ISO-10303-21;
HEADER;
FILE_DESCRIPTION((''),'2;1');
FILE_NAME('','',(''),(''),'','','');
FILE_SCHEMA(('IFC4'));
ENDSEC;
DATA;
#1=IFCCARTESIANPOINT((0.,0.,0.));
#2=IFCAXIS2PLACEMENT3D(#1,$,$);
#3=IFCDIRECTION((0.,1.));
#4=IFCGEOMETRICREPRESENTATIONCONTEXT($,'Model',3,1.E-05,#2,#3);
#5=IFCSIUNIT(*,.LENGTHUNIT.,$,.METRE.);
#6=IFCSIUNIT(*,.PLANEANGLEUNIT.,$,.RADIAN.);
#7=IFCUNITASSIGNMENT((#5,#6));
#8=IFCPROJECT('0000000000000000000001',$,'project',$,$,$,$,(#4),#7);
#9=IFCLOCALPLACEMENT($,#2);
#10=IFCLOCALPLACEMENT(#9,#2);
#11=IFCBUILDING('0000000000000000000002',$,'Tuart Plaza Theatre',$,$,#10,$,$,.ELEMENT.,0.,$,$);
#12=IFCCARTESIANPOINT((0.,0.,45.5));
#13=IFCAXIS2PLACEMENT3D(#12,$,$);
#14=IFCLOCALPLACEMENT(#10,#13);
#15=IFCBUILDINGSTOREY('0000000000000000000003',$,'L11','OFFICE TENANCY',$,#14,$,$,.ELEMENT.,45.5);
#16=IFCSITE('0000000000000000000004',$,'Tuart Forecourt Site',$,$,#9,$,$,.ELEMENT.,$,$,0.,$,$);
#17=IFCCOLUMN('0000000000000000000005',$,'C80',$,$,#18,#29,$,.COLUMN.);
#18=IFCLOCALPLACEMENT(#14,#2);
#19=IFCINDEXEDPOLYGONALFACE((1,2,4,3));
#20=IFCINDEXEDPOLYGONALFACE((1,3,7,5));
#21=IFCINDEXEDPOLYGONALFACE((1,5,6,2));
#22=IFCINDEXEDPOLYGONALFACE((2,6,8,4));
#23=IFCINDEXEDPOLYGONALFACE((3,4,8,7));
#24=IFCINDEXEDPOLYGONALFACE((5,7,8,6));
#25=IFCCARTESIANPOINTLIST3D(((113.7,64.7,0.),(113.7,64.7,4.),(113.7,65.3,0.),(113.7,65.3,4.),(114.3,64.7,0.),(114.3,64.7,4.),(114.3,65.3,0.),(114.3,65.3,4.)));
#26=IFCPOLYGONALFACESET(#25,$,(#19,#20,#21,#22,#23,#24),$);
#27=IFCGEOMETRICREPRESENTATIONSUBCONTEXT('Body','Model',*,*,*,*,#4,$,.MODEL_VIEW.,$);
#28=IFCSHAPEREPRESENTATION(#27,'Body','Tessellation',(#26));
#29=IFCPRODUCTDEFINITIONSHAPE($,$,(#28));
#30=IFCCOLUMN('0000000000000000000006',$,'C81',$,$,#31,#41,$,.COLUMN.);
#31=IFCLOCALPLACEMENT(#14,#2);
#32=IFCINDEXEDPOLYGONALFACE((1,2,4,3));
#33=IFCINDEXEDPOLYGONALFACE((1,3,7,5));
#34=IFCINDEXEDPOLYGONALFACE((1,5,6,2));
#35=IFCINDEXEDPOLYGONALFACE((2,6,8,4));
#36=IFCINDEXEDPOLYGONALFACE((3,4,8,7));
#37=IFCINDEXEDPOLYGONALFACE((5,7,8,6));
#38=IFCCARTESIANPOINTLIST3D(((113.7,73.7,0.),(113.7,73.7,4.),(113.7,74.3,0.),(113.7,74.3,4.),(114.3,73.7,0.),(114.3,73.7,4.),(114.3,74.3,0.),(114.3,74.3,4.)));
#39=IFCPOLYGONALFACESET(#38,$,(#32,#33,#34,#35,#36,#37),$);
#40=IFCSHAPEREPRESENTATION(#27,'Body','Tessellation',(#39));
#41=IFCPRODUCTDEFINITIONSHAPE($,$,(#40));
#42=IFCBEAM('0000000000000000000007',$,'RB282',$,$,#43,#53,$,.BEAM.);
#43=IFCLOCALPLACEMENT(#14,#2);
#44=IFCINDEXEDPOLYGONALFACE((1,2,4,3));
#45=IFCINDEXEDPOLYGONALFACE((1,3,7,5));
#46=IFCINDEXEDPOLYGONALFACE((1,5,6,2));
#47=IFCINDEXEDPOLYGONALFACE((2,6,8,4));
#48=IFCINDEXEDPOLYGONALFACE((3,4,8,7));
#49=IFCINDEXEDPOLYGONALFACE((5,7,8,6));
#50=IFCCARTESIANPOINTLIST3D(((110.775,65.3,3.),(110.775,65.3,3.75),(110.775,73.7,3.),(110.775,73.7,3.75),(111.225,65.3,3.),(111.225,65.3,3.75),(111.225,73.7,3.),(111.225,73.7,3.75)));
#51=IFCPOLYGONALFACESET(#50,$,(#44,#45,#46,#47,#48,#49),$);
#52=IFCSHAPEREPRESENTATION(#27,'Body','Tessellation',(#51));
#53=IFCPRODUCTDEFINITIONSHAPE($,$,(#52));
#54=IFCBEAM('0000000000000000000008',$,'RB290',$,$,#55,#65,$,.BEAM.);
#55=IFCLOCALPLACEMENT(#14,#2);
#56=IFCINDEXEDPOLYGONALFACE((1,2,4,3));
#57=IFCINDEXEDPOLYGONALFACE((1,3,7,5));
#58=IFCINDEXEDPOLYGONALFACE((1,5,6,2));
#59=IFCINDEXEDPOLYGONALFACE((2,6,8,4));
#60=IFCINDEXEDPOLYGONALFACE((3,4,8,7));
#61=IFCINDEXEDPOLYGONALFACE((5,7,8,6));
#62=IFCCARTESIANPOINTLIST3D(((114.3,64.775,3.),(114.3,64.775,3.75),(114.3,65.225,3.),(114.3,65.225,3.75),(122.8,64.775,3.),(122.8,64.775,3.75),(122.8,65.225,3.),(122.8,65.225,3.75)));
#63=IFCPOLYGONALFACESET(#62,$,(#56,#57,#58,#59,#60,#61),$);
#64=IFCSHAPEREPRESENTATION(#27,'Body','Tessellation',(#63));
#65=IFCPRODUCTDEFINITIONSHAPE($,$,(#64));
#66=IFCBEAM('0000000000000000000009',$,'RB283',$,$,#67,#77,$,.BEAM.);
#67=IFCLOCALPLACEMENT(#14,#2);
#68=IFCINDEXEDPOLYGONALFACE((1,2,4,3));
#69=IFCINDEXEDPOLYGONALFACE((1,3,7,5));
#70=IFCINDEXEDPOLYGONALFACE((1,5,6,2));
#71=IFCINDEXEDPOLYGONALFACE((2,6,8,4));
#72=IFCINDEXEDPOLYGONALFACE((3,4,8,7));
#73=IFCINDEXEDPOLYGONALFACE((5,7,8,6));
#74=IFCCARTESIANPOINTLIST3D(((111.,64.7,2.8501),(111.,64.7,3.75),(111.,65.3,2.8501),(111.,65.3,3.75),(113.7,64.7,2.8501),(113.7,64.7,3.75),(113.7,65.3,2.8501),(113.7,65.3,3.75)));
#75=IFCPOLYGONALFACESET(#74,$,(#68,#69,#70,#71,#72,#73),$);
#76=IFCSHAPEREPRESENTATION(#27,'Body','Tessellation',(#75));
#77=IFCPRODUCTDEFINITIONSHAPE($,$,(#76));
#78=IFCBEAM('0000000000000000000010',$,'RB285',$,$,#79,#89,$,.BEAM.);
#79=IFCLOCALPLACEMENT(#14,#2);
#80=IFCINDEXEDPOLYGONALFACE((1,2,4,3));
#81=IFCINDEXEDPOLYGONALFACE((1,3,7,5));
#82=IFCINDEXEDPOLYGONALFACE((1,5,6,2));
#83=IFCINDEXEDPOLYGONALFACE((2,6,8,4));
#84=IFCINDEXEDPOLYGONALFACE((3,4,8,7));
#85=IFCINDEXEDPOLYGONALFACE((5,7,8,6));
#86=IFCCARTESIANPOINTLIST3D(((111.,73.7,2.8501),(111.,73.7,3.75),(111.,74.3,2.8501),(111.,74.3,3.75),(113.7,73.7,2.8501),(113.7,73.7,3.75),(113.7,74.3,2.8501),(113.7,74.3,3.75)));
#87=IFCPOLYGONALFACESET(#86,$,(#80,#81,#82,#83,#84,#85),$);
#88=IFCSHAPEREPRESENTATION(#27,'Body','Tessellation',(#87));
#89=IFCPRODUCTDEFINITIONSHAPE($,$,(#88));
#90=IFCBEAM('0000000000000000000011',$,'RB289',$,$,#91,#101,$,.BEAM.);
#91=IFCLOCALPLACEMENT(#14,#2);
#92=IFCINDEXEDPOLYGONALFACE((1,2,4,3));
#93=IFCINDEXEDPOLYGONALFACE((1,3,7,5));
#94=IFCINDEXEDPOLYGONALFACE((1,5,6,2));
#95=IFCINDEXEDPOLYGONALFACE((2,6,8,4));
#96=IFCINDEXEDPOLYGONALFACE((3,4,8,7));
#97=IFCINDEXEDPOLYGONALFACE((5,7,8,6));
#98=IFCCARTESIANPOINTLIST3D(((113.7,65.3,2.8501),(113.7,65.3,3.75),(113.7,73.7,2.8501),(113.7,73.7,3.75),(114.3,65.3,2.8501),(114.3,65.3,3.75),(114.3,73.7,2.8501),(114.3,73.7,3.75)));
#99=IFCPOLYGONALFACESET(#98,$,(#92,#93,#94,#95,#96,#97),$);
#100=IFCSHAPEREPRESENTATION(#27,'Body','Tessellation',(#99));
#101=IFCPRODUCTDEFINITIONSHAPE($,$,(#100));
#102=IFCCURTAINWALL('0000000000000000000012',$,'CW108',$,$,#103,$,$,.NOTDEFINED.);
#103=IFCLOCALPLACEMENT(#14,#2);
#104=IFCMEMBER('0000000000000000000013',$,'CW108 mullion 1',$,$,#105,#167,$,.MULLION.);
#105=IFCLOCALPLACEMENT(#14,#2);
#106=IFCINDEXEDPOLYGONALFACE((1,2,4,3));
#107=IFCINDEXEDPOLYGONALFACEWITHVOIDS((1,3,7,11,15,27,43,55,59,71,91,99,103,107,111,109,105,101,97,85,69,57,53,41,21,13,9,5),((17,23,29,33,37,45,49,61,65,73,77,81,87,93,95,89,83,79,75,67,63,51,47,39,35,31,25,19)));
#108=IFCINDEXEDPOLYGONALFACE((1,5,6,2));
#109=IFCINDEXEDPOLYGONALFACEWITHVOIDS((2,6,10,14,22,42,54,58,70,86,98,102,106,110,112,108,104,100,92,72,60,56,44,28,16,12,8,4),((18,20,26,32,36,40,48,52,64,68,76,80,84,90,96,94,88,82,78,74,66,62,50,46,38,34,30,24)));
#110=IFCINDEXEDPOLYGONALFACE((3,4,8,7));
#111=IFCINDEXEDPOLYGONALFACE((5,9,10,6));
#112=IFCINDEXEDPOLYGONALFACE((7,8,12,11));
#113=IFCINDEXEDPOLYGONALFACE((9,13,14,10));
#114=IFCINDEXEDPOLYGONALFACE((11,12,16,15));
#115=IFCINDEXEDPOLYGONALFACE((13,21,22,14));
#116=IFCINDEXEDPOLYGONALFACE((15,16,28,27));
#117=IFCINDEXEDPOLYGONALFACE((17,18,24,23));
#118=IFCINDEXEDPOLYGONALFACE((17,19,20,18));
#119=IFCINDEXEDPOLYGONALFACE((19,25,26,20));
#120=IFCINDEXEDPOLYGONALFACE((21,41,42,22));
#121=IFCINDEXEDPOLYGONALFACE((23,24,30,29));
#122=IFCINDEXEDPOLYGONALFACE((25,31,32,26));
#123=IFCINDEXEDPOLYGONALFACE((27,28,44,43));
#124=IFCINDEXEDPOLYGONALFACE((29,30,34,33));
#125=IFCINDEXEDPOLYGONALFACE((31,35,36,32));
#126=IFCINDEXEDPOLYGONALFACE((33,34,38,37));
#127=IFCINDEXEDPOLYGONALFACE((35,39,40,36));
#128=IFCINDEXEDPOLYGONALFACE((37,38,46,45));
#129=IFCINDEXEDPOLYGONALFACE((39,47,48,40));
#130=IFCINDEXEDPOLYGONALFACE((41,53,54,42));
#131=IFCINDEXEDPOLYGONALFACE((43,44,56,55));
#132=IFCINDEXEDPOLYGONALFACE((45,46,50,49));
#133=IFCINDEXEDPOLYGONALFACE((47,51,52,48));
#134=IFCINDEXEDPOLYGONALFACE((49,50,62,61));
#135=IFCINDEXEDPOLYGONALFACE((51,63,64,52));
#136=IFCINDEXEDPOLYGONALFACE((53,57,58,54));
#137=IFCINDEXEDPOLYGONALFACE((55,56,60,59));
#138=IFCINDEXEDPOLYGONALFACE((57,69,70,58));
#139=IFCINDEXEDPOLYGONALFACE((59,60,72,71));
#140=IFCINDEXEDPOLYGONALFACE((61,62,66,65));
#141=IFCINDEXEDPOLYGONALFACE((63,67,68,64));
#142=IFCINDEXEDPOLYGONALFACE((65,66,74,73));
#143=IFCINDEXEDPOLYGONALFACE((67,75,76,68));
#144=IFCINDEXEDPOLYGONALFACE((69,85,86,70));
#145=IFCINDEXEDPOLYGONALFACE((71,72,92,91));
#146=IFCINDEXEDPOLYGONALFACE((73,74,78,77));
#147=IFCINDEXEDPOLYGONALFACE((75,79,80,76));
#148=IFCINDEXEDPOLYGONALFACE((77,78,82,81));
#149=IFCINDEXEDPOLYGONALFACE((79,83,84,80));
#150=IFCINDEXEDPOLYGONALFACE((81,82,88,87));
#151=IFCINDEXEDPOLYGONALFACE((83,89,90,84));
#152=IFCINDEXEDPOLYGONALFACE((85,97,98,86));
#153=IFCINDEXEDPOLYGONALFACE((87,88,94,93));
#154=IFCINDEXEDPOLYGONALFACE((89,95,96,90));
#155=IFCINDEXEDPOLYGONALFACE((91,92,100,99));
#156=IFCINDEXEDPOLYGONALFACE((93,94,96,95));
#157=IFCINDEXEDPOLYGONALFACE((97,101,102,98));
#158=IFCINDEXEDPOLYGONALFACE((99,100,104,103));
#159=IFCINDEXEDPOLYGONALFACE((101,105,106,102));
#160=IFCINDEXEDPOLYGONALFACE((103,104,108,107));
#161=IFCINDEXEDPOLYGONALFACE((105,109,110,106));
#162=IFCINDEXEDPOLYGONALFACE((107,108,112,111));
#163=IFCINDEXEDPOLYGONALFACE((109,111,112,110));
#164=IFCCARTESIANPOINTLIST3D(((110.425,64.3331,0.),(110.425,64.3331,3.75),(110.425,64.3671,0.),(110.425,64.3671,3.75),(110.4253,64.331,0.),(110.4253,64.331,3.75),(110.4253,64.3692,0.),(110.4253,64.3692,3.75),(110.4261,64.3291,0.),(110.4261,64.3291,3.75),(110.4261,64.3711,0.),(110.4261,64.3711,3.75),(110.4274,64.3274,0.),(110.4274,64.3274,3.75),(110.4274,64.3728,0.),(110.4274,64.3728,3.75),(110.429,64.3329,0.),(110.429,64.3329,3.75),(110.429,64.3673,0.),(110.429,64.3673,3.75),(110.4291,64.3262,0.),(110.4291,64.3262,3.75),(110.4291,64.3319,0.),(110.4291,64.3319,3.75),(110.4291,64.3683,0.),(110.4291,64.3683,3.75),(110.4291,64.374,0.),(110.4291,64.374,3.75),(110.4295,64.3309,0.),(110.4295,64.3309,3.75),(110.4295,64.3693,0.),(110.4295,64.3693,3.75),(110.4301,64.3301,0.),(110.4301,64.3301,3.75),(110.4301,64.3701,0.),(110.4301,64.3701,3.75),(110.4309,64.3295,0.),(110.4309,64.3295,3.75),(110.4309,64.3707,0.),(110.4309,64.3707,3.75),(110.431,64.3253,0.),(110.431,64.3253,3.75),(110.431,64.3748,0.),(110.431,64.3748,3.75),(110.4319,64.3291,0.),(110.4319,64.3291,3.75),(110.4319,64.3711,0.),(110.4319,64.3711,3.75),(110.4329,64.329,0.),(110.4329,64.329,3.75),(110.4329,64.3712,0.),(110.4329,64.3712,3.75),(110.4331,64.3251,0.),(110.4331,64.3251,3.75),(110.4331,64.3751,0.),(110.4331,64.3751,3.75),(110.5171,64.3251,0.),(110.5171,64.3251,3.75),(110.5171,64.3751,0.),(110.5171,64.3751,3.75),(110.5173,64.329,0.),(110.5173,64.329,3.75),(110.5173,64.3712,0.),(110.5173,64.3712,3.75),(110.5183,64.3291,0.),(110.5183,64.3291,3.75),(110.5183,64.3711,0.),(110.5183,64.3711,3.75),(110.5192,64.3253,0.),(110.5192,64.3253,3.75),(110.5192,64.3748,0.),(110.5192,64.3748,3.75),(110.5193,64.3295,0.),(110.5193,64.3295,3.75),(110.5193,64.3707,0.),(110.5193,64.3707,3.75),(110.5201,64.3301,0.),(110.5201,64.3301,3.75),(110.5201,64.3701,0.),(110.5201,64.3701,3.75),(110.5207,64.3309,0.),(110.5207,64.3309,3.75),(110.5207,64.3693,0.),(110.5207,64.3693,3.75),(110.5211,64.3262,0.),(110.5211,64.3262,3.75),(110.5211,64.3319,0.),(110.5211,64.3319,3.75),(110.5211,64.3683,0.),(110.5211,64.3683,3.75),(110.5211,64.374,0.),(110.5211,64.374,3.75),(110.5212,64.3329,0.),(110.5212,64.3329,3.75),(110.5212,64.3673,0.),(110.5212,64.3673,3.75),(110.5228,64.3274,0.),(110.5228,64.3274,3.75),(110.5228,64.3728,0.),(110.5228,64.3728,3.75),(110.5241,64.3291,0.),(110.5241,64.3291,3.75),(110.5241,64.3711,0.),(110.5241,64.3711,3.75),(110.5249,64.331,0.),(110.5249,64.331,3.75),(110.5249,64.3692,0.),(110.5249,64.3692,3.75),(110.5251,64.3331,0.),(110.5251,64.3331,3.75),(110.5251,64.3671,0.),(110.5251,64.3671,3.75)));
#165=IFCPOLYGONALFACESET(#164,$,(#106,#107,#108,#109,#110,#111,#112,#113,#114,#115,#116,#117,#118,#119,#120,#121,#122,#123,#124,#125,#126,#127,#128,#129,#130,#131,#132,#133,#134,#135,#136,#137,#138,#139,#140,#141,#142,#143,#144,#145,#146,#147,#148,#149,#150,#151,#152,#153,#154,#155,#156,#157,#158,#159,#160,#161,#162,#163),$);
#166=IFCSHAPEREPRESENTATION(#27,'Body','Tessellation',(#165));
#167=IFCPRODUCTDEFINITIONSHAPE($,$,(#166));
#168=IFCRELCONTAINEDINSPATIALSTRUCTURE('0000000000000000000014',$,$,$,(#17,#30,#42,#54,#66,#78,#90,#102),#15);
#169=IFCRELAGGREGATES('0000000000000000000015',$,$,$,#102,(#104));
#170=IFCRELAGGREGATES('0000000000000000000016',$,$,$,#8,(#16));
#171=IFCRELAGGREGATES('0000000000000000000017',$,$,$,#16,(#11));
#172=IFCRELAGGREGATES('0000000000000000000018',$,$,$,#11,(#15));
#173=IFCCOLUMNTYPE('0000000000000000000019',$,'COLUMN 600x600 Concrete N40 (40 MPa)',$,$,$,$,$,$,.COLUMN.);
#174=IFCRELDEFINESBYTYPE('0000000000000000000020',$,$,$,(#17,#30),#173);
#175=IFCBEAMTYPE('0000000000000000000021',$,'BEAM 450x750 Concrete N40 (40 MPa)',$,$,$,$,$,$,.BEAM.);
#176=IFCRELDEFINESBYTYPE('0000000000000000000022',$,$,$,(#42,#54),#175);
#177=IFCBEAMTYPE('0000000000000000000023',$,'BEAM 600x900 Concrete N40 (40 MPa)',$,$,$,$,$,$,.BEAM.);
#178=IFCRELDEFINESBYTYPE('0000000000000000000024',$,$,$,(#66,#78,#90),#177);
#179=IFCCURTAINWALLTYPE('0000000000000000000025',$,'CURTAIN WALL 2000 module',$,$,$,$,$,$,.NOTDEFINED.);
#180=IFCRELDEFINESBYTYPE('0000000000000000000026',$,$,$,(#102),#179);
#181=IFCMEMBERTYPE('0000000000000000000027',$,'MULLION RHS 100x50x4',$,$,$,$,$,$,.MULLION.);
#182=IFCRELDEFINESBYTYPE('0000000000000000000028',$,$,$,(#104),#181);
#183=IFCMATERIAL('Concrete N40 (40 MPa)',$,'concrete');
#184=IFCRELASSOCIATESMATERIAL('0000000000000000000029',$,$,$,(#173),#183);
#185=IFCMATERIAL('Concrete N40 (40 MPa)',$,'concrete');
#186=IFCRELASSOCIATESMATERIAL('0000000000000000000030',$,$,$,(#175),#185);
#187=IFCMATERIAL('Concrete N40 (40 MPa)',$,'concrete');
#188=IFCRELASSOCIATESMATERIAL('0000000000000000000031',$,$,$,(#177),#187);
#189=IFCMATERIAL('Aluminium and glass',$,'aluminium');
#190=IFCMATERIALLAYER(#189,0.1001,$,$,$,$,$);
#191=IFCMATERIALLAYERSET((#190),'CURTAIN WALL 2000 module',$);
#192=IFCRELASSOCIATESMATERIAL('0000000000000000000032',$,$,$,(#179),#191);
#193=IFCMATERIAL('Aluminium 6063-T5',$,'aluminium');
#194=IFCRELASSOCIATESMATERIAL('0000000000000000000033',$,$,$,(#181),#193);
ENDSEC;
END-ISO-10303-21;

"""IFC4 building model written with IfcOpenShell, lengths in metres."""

from ifc_helpers import new_model, si_unit, direction, frame, origin, origin_2d, place, context, subcontext, project, spatial, rectangle, hollow_rectangle, extrude, material, layer, layer_set, material_profile, profile_set, type_object, element, aggregate, save


model = new_model("IFC4")

# Units and contexts
model_context = context("Model", 3, precision=1e-05, world=origin(), true_north=direction((0.0, 1.0)))
body_context = subcontext(model_context, "Body", "Model", "MODEL_VIEW")
ifc_project = project(units=[si_unit("LENGTHUNIT", "METRE"), si_unit("PLANEANGLEUNIT", "RADIAN")], contexts=[model_context])

# Site, building, storey
site_placement = place(None, origin())
site = spatial("IfcSite", under=ifc_project, at=site_placement, Name="Tuart Forecourt Site", CompositionType="ELEMENT", RefElevation=0.0)
building_placement = place(site_placement, origin())
building = spatial("IfcBuilding", under=site, at=building_placement, Name="Tuart Plaza Theatre", CompositionType="ELEMENT", ElevationOfRefHeight=0.0)
storey_placement = place(building_placement, frame((0.0, 0.0, 45.5)))
storey = spatial("IfcBuildingStorey", under=building, at=storey_placement, Name="L11", Description="OFFICE TENANCY", CompositionType="ELEMENT", Elevation=45.5)

# Columns
ifc_material_1 = material(Name="Concrete N40 (40 MPa)", Category="concrete")
ifc_material_profile_1 = material_profile(ifc_material_1, rectangle(XDim=0.6001, YDim=0.6001, at=origin_2d()), Name="COLUMN 600x600 Concrete N40 (40 MPa)")
ifc_profile_set_1 = profile_set([ifc_material_profile_1], Name="Concrete N40 (40 MPa)")
column_type = type_object("IfcColumnType", Name="COLUMN 600x600 Concrete N40 (40 MPa)", PredefinedType="COLUMN", material=ifc_profile_set_1)
for number, where, z_axis, x_axis, name in (
    (1, (114.0, 65.0, 0.0), (0.0, 0.0, 1.0), (1.0, 0.0, 0.0), "C80"),
    (2, (114.0, 74.0, 0.0), (0.0, 0.0, 1.0), (1.0, 0.0, 0.0), "C81"),
):
    element("IfcColumn", number, at=place(storey_placement, frame(where, z_axis=z_axis, x_axis=x_axis)), inside=storey, type_object=column_type, Name=name, PredefinedType="COLUMN", context=body_context, shape_type="SweptSolid", body=[
        extrude(rectangle(XDim=0.6001, YDim=0.6001, at=origin_2d()), origin(), (0.0, 0.0, 1.0), 4.0),
    ])

# Beams
ifc_material_2 = material(Name="Concrete N40 (40 MPa)", Category="concrete")
ifc_material_profile_2 = material_profile(ifc_material_2, rectangle(XDim=0.45, YDim=0.75, at=origin_2d()), Name="BEAM 450x750 Concrete N40 (40 MPa)")
ifc_profile_set_2 = profile_set([ifc_material_profile_2], Name="Concrete N40 (40 MPa)")
beam_type_1 = type_object("IfcBeamType", Name="BEAM 450x750 Concrete N40 (40 MPa)", PredefinedType="BEAM", material=ifc_profile_set_2)
beam_1_placement = place(storey_placement, frame((111.0, 65.3, 3.375), z_axis=(0.0, 1.0, 0.0), x_axis=(-1.0, 0.0, 0.0)))
element("IfcBeam", 3, at=beam_1_placement, inside=storey, type_object=beam_type_1, Name="RB282", PredefinedType="BEAM", context=body_context, shape_type="SweptSolid", body=[
    extrude(rectangle(XDim=0.45, YDim=0.75, at=origin_2d()), origin(), (0.0, 0.0, 1.0), 8.3999),
])
beam_2_placement = place(storey_placement, frame((114.3, 65.0, 3.375), z_axis=(1.0, 0.0, 0.0), x_axis=(0.0, 1.0, 0.0)))
element("IfcBeam", 4, at=beam_2_placement, inside=storey, type_object=beam_type_1, Name="RB290", PredefinedType="BEAM", context=body_context, shape_type="SweptSolid", body=[
    extrude(rectangle(XDim=0.45, YDim=0.75, at=origin_2d()), origin(), (0.0, 0.0, 1.0), 8.5),
])
ifc_material_3 = material(Name="Concrete N40 (40 MPa)", Category="concrete")
ifc_material_profile_3 = material_profile(ifc_material_3, rectangle(XDim=0.6001, YDim=0.8999, at=origin_2d()), Name="BEAM 600x900 Concrete N40 (40 MPa)")
ifc_profile_set_3 = profile_set([ifc_material_profile_3], Name="Concrete N40 (40 MPa)")
beam_type_2 = type_object("IfcBeamType", Name="BEAM 600x900 Concrete N40 (40 MPa)", PredefinedType="BEAM", material=ifc_profile_set_3)
for number, where, z_axis, x_axis, name in (
    (5, (111.0, 65.0, 3.3), (1.0, 0.0, 0.0), (0.0, 1.0, 0.0), "RB283"),
    (6, (111.0, 74.0, 3.3), (1.0, 0.0, 0.0), (0.0, 1.0, 0.0), "RB285"),
):
    element("IfcBeam", number, at=place(storey_placement, frame(where, z_axis=z_axis, x_axis=x_axis)), inside=storey, type_object=beam_type_2, Name=name, PredefinedType="BEAM", context=body_context, shape_type="SweptSolid", body=[
        extrude(rectangle(XDim=0.6001, YDim=0.8999, at=origin_2d()), origin(), (0.0, 0.0, 1.0), 2.7),
    ])
beam_3_placement = place(storey_placement, frame((114.0, 65.3, 3.3), z_axis=(0.0, 1.0, 0.0), x_axis=(-1.0, 0.0, 0.0)))
element("IfcBeam", 7, at=beam_3_placement, inside=storey, type_object=beam_type_2, Name="RB289", PredefinedType="BEAM", context=body_context, shape_type="SweptSolid", body=[
    extrude(rectangle(XDim=0.6001, YDim=0.8999, at=origin_2d()), origin(), (0.0, 0.0, 1.0), 8.3999),
])

# Curtain wall, member
ifc_material_4 = material(Name="Aluminium and glass", Category="aluminium")
ifc_layer_1 = layer(ifc_material_4, 0.1001)
ifc_layer_set_1 = layer_set([ifc_layer_1], Name="CURTAIN WALL 2000 module")
curtain_wall_type = type_object("IfcCurtainWallType", Name="CURTAIN WALL 2000 module", PredefinedType="NOTDEFINED", material=ifc_layer_set_1)
curtain_wall_1_placement = place(storey_placement, origin())
curtain_wall_1 = element("IfcCurtainWall", 8, at=curtain_wall_1_placement, inside=storey, type_object=curtain_wall_type, Name="CW108", PredefinedType="NOTDEFINED")
ifc_material_5 = material(Name="Aluminium 6063-T5", Category="aluminium")
ifc_material_profile_4 = material_profile(ifc_material_5, hollow_rectangle(XDim=0.05, YDim=0.1001, WallThickness=0.0039, InnerFilletRadius=0.0039, OuterFilletRadius=0.0081, at=origin_2d()), Name="RHS 100x50x4")
ifc_profile_set_4 = profile_set([ifc_material_profile_4], Name="Aluminium 6063-T5")
member_type_1 = type_object("IfcMemberType", Name="MULLION RHS 100x50x4", PredefinedType="MULLION", material=ifc_profile_set_4)
member_1_placement = place(storey_placement, frame((110.4751, 64.3501, 0.0), z_axis=(0.0, 0.0, 1.0), x_axis=(0.0, 1.0, 0.0)))
member_1 = element("IfcMember", 9, at=member_1_placement, type_object=member_type_1, Name="CW108 mullion 1", PredefinedType="MULLION", context=body_context, shape_type="SweptSolid", body=[
    extrude(hollow_rectangle(XDim=0.05, YDim=0.1001, WallThickness=0.0039, InnerFilletRadius=0.0039, OuterFilletRadius=0.0081, at=origin_2d()), origin(), (0.0, 0.0, 1.0), 3.75),
])

aggregate(curtain_wall_1, [member_1])

save(model, "model.ifc")
